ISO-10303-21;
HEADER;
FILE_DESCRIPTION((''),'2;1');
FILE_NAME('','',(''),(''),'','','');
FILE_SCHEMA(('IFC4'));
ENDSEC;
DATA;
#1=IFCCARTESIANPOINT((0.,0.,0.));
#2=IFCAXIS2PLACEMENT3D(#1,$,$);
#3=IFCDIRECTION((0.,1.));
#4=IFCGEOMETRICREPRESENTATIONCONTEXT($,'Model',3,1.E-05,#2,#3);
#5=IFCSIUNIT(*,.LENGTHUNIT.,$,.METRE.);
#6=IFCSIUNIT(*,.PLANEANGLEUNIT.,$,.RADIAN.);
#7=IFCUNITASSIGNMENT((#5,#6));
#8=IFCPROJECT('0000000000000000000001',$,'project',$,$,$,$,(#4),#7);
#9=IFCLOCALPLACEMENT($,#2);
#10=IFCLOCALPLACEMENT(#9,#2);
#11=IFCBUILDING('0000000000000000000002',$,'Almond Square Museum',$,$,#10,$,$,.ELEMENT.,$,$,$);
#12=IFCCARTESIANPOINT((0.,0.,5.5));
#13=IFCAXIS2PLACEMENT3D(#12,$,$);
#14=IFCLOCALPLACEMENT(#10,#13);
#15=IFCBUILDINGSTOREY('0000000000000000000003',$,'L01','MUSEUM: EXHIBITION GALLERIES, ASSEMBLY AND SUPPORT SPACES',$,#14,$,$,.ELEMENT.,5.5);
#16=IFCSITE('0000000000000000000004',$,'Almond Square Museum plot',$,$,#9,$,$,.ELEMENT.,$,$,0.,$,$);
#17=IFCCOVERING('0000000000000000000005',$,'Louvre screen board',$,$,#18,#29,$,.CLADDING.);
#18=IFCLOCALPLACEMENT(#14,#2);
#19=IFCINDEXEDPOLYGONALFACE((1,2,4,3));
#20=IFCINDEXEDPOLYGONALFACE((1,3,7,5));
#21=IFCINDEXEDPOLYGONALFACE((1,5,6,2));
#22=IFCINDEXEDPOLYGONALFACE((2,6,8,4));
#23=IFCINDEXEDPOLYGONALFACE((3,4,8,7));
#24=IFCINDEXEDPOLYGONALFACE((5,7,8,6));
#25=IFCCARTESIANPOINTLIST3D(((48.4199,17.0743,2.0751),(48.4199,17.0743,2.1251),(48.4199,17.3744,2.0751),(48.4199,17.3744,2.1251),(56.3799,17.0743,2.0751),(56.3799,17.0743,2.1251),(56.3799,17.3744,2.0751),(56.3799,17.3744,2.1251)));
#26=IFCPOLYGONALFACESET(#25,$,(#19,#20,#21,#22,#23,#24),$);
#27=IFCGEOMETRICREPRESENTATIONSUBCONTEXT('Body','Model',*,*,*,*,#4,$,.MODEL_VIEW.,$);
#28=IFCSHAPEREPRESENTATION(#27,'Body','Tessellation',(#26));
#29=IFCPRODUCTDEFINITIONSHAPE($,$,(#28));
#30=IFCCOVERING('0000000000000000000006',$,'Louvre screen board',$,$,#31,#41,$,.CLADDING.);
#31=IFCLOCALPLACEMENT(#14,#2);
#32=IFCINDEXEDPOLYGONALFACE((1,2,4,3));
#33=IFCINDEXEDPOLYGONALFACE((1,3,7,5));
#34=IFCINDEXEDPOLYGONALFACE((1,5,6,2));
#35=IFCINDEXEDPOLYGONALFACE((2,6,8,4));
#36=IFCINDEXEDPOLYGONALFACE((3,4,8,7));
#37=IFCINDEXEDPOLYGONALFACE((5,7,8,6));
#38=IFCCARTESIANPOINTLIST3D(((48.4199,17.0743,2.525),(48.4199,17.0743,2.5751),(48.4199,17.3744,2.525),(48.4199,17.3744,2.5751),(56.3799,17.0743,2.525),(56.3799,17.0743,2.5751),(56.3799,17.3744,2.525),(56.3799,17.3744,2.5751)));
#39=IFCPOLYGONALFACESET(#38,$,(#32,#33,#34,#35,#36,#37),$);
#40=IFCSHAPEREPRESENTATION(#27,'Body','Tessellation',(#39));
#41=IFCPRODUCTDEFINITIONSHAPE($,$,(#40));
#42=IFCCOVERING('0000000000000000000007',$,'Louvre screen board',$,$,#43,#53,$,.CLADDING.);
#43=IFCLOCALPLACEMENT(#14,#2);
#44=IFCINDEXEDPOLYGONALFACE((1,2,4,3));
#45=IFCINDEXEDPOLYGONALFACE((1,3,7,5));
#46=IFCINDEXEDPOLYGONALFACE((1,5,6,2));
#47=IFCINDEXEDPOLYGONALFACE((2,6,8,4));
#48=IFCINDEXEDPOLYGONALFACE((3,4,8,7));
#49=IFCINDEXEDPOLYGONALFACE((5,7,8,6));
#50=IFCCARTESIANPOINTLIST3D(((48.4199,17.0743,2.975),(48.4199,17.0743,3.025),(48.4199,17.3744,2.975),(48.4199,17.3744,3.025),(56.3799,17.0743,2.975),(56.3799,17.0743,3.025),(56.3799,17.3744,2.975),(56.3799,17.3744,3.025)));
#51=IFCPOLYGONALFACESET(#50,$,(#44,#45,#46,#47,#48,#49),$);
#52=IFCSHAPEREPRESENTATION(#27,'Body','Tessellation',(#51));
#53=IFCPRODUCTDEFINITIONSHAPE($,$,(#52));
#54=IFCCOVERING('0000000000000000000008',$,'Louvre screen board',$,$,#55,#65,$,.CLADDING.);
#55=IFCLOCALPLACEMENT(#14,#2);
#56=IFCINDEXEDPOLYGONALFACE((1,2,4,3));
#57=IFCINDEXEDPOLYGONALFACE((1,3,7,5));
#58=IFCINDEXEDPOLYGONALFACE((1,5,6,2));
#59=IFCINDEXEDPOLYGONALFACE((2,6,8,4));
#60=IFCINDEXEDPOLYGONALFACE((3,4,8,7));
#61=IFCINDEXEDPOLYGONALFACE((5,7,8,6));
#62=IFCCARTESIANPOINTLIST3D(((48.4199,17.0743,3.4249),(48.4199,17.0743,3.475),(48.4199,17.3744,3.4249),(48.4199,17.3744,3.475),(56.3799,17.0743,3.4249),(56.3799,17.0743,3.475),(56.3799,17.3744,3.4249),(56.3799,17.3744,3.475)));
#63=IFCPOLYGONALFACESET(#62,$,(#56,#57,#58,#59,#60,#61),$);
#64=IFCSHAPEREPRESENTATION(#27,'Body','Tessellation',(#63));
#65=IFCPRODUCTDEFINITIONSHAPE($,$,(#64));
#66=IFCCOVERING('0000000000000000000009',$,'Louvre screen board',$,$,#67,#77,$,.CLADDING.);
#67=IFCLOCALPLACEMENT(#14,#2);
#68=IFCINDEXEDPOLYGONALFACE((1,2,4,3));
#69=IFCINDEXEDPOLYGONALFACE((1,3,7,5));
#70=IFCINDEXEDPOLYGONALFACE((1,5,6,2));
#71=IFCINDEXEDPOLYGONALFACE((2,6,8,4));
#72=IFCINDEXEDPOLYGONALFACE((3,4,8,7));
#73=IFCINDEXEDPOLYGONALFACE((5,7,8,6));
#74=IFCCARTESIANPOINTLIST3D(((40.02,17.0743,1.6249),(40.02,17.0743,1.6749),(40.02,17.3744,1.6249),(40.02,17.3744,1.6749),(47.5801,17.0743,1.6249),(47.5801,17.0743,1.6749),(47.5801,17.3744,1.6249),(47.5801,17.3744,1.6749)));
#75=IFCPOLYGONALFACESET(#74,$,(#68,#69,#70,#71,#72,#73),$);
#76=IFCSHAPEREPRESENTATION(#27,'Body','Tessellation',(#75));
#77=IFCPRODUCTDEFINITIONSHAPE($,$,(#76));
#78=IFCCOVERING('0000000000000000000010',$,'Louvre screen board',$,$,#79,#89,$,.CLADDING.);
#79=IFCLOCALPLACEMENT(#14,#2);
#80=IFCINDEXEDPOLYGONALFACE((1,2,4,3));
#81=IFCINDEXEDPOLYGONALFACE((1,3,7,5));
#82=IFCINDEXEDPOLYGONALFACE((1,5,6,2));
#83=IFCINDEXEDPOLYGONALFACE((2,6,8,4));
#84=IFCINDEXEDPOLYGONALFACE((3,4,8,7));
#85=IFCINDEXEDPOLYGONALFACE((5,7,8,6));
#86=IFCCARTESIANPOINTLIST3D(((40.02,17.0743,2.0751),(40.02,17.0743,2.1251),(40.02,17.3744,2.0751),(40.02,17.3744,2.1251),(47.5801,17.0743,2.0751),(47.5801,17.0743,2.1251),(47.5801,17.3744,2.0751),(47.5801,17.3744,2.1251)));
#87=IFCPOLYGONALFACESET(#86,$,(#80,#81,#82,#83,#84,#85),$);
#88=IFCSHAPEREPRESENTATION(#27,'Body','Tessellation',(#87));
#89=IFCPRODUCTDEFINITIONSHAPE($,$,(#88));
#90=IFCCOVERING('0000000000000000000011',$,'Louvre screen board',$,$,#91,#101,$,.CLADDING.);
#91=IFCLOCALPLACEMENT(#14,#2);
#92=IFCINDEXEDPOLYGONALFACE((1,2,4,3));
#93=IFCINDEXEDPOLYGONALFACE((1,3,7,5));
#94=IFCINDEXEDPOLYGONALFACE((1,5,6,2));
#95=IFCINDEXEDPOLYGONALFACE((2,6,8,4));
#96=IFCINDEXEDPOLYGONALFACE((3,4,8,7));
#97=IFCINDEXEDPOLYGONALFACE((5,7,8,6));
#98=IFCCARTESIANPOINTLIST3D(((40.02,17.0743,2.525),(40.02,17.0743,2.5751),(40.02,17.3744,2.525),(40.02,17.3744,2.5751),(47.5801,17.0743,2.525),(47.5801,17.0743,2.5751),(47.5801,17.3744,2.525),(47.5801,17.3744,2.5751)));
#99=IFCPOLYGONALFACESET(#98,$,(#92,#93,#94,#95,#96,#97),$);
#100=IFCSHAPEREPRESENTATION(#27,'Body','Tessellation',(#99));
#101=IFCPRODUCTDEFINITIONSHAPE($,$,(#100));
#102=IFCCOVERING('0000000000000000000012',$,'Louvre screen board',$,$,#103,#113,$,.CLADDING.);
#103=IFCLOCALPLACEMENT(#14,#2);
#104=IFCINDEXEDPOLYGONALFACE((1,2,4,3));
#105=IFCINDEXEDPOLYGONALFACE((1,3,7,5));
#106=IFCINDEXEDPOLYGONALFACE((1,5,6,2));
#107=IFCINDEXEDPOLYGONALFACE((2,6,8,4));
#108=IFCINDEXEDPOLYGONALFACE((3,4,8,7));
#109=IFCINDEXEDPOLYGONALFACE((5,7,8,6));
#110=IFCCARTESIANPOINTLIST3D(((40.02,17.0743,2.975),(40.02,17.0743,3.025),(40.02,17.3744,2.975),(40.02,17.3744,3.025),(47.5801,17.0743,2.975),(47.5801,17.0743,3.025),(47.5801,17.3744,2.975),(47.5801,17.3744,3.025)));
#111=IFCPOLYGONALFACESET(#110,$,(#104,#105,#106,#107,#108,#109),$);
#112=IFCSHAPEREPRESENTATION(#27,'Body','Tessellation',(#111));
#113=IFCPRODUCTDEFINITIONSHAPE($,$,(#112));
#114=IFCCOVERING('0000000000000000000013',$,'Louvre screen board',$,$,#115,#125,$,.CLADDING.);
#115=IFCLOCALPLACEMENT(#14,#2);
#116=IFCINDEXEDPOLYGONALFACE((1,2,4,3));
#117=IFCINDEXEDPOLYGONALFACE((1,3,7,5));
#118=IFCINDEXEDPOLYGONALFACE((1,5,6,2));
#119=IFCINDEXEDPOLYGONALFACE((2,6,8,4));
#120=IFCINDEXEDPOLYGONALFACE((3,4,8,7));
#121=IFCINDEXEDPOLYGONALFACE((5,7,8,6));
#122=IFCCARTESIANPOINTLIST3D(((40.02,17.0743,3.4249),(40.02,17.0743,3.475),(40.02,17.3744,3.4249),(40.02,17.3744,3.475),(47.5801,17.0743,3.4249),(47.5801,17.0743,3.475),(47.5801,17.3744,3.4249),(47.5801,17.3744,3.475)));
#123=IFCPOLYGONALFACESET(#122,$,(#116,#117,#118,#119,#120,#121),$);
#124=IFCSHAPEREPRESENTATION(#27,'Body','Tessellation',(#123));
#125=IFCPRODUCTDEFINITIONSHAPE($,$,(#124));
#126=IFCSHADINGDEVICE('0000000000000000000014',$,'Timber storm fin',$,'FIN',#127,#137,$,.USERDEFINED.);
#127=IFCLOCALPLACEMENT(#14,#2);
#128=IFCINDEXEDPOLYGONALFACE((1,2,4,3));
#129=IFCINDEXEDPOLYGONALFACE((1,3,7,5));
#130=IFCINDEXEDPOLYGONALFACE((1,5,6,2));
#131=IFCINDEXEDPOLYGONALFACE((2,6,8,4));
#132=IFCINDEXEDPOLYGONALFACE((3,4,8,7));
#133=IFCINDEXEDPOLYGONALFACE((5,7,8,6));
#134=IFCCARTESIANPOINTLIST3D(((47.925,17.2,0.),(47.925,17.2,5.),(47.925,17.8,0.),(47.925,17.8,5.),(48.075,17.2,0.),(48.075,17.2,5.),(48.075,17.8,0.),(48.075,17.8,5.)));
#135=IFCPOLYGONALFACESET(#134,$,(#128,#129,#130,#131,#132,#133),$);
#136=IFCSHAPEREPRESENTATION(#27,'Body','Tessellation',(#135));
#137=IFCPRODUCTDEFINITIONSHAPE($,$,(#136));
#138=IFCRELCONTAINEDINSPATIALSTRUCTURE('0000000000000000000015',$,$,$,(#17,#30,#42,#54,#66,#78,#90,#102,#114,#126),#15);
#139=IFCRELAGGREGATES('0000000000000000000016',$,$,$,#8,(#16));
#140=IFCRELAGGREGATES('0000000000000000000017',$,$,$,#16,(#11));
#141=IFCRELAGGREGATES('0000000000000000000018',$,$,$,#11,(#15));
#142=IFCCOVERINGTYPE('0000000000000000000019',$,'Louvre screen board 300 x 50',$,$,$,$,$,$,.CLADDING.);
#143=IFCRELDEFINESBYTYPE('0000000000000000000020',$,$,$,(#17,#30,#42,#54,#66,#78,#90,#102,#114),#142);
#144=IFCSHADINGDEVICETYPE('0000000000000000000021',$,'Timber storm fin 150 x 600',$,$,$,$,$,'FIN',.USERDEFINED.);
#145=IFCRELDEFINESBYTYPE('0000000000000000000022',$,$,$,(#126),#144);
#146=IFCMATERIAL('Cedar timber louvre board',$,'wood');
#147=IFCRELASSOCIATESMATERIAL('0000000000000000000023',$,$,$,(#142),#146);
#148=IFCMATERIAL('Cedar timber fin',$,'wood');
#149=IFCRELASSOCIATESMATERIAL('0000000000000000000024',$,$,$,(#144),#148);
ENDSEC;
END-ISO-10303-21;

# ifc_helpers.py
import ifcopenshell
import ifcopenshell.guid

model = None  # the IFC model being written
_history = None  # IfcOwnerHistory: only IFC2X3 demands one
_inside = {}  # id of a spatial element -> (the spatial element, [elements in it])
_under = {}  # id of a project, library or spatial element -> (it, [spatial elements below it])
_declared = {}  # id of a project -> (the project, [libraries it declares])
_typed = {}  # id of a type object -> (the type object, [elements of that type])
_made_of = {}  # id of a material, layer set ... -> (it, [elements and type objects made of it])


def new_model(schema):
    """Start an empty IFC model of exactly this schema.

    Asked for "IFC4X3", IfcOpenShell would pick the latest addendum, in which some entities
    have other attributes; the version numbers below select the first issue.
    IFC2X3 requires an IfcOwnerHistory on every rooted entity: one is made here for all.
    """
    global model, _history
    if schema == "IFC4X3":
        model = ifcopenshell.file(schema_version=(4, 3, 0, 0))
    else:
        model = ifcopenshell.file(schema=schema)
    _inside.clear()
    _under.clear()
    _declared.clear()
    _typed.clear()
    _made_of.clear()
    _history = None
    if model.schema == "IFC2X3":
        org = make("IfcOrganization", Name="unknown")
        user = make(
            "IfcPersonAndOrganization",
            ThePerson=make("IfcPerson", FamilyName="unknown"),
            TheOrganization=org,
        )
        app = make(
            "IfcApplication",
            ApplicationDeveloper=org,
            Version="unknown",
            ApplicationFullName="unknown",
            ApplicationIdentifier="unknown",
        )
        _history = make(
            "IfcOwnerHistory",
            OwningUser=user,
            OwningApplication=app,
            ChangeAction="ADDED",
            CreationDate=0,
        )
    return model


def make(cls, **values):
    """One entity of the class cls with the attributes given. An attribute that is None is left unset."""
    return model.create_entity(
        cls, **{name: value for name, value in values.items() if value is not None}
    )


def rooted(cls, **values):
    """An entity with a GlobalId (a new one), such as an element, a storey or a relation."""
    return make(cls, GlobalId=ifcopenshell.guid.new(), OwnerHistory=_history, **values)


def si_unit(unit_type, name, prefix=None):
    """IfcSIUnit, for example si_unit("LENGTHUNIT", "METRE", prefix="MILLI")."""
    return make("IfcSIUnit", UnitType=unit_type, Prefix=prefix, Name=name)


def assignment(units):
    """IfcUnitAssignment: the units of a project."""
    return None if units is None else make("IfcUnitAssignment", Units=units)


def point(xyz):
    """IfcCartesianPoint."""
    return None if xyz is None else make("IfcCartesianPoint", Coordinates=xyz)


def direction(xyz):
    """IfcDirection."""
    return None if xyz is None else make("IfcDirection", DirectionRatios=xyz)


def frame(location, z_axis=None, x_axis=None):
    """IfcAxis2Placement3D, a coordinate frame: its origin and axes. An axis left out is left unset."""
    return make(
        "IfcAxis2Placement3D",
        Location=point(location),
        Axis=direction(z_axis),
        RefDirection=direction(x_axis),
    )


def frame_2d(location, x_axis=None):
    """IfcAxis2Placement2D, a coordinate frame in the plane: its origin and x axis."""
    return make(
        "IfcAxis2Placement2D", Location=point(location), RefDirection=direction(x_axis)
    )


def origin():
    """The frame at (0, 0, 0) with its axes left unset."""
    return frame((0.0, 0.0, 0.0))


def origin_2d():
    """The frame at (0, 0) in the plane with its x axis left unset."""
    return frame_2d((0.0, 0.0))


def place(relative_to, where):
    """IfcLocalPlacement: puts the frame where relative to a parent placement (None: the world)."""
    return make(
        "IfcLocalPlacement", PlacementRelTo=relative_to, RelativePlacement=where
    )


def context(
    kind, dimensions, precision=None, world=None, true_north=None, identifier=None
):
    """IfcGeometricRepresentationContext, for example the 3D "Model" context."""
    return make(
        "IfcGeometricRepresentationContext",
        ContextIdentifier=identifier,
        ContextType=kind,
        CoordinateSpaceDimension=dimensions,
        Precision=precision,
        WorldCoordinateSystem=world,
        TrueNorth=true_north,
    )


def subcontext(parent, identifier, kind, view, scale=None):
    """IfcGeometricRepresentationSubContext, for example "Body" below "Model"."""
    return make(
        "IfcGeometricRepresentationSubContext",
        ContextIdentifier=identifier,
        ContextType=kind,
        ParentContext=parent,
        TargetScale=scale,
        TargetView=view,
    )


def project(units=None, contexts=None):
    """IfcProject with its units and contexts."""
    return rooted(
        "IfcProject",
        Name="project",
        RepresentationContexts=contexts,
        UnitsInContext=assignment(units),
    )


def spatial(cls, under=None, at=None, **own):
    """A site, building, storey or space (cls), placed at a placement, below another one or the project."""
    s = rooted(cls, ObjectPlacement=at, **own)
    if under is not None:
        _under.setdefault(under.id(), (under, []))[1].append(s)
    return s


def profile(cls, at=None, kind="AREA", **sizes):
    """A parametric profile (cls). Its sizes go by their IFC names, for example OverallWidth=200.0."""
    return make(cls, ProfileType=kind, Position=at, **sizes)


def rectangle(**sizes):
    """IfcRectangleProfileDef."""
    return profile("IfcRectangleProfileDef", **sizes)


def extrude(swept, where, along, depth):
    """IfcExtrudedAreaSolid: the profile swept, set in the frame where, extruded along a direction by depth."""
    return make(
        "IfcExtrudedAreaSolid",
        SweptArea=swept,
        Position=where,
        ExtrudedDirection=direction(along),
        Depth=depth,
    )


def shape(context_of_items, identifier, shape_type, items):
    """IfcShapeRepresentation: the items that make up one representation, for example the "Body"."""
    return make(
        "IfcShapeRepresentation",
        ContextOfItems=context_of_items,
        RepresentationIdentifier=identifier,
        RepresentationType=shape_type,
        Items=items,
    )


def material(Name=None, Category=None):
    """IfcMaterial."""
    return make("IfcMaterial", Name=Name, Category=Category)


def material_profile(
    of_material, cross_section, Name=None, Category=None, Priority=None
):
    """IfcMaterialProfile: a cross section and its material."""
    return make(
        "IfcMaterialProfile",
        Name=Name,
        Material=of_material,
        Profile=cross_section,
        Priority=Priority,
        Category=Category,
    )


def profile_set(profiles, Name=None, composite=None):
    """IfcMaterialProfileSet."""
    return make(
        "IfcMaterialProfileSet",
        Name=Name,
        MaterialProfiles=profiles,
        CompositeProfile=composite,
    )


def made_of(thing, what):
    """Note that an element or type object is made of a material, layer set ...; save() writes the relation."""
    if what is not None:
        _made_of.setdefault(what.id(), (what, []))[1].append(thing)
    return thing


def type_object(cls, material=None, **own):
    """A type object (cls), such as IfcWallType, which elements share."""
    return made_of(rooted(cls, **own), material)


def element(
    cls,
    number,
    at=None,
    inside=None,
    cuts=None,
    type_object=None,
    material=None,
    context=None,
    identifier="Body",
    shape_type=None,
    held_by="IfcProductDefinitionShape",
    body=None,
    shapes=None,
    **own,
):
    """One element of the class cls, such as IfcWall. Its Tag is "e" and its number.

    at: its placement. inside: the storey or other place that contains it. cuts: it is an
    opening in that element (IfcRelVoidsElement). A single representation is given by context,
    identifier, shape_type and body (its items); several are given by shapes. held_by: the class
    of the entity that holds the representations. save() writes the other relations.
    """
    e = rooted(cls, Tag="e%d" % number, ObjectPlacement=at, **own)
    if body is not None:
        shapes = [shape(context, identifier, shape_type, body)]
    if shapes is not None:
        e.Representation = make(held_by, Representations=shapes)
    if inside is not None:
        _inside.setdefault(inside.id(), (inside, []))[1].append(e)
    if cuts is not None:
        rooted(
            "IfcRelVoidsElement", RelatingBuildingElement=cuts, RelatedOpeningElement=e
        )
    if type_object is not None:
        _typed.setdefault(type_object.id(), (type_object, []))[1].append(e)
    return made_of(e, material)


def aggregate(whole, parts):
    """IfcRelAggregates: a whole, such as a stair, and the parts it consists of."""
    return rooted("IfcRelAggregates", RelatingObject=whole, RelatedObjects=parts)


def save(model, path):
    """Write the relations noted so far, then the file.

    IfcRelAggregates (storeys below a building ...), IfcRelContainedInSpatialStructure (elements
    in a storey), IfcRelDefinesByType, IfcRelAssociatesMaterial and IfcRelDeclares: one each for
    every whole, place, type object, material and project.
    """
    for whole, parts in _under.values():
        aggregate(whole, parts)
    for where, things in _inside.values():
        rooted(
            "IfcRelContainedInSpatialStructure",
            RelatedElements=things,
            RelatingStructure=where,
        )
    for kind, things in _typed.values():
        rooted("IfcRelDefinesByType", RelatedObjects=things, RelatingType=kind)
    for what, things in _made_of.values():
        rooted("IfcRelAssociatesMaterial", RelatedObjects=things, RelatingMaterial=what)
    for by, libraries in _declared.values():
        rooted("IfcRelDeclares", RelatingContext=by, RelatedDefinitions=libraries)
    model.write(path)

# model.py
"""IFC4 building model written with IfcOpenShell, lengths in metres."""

from ifc_helpers import new_model, si_unit, direction, frame, origin, origin_2d, place, context, subcontext, project, spatial, rectangle, extrude, material, material_profile, profile_set, type_object, element, save


model = new_model("IFC4")

# Units and contexts
model_context = context("Model", 3, precision=1e-05, world=origin(), true_north=direction((0.0, 1.0)))
body_context = subcontext(model_context, "Body", "Model", "MODEL_VIEW")
ifc_project = project(units=[si_unit("LENGTHUNIT", "METRE"), si_unit("PLANEANGLEUNIT", "RADIAN")], contexts=[model_context])

# Site, building, storey
site_placement = place(None, origin())
site = spatial("IfcSite", under=ifc_project, at=site_placement, Name="Almond Square Museum plot", CompositionType="ELEMENT", RefElevation=0.0)
building_placement = place(site_placement, origin())
building = spatial("IfcBuilding", under=site, at=building_placement, Name="Almond Square Museum", CompositionType="ELEMENT")
storey_placement = place(building_placement, frame((0.0, 0.0, 5.5)))
storey = spatial("IfcBuildingStorey", under=building, at=storey_placement, Name="L01", Description="MUSEUM: EXHIBITION GALLERIES, ASSEMBLY AND SUPPORT SPACES", CompositionType="ELEMENT", Elevation=5.5)

# Coverings
ifc_material_1 = material(Name="Cedar timber louvre board", Category="wood")
ifc_material_profile_1 = material_profile(ifc_material_1, rectangle(XDim=0.3, YDim=0.05, at=origin_2d()))
ifc_profile_set_1 = profile_set([ifc_material_profile_1], Name="Cedar timber louvre board")
covering_type = type_object("IfcCoveringType", Name="Louvre screen board 300 x 50", PredefinedType="CLADDING", material=ifc_profile_set_1)
for number, where, z_axis, x_axis, name in (
    (1, (48.4199, 17.2244, 2.1001), (1.0, 0.0, 0.0), (0.0, 1.0, 0.0), "Louvre screen board"),
    (2, (48.4199, 17.2244, 2.55), (1.0, 0.0, 0.0), (0.0, 1.0, 0.0), "Louvre screen board"),
    (3, (48.4199, 17.2244, 3.0), (1.0, 0.0, 0.0), (0.0, 1.0, 0.0), "Louvre screen board"),
    (4, (48.4199, 17.2244, 3.45), (1.0, 0.0, 0.0), (0.0, 1.0, 0.0), "Louvre screen board"),
):
    element("IfcCovering", number, at=place(storey_placement, frame(where, z_axis=z_axis, x_axis=x_axis)), inside=storey, type_object=covering_type, Name=name, PredefinedType="CLADDING", context=body_context, shape_type="SweptSolid", body=[
        extrude(rectangle(XDim=0.3, YDim=0.05, at=origin_2d()), origin(), (0.0, 0.0, 1.0), 7.96),
    ])
for number, where, z_axis, x_axis, name in (
    (5, (40.02, 17.2244, 1.6499), (1.0, 0.0, 0.0), (0.0, 1.0, 0.0), "Louvre screen board"),
    (6, (40.02, 17.2244, 2.1001), (1.0, 0.0, 0.0), (0.0, 1.0, 0.0), "Louvre screen board"),
    (7, (40.02, 17.2244, 2.55), (1.0, 0.0, 0.0), (0.0, 1.0, 0.0), "Louvre screen board"),
    (8, (40.02, 17.2244, 3.0), (1.0, 0.0, 0.0), (0.0, 1.0, 0.0), "Louvre screen board"),
    (9, (40.02, 17.2244, 3.45), (1.0, 0.0, 0.0), (0.0, 1.0, 0.0), "Louvre screen board"),
):
    element("IfcCovering", number, at=place(storey_placement, frame(where, z_axis=z_axis, x_axis=x_axis)), inside=storey, type_object=covering_type, Name=name, PredefinedType="CLADDING", context=body_context, shape_type="SweptSolid", body=[
        extrude(rectangle(XDim=0.3, YDim=0.05, at=origin_2d()), origin(), (0.0, 0.0, 1.0), 7.5601),
    ])

# Shading device
ifc_material_2 = material(Name="Cedar timber fin", Category="wood")
shading_device_type_1 = type_object("IfcShadingDeviceType", Name="Timber storm fin 150 x 600", ElementType="FIN", PredefinedType="USERDEFINED", material=ifc_material_2)
shading_device_placement = place(storey_placement, frame((48.0, 17.5, 0.0), z_axis=(0.0, 0.0, 1.0), x_axis=(1.0, 0.0, 0.0)))
element("IfcShadingDevice", 10, at=shading_device_placement, inside=storey, type_object=shading_device_type_1, Name="Timber storm fin", ObjectType="FIN", PredefinedType="USERDEFINED", context=body_context, shape_type="SweptSolid", body=[
    extrude(rectangle(XDim=0.1499, YDim=0.6001, at=origin_2d()), origin(), (0.0, 0.0, 1.0), 5.0),
])

save(model, "model.ifc")
